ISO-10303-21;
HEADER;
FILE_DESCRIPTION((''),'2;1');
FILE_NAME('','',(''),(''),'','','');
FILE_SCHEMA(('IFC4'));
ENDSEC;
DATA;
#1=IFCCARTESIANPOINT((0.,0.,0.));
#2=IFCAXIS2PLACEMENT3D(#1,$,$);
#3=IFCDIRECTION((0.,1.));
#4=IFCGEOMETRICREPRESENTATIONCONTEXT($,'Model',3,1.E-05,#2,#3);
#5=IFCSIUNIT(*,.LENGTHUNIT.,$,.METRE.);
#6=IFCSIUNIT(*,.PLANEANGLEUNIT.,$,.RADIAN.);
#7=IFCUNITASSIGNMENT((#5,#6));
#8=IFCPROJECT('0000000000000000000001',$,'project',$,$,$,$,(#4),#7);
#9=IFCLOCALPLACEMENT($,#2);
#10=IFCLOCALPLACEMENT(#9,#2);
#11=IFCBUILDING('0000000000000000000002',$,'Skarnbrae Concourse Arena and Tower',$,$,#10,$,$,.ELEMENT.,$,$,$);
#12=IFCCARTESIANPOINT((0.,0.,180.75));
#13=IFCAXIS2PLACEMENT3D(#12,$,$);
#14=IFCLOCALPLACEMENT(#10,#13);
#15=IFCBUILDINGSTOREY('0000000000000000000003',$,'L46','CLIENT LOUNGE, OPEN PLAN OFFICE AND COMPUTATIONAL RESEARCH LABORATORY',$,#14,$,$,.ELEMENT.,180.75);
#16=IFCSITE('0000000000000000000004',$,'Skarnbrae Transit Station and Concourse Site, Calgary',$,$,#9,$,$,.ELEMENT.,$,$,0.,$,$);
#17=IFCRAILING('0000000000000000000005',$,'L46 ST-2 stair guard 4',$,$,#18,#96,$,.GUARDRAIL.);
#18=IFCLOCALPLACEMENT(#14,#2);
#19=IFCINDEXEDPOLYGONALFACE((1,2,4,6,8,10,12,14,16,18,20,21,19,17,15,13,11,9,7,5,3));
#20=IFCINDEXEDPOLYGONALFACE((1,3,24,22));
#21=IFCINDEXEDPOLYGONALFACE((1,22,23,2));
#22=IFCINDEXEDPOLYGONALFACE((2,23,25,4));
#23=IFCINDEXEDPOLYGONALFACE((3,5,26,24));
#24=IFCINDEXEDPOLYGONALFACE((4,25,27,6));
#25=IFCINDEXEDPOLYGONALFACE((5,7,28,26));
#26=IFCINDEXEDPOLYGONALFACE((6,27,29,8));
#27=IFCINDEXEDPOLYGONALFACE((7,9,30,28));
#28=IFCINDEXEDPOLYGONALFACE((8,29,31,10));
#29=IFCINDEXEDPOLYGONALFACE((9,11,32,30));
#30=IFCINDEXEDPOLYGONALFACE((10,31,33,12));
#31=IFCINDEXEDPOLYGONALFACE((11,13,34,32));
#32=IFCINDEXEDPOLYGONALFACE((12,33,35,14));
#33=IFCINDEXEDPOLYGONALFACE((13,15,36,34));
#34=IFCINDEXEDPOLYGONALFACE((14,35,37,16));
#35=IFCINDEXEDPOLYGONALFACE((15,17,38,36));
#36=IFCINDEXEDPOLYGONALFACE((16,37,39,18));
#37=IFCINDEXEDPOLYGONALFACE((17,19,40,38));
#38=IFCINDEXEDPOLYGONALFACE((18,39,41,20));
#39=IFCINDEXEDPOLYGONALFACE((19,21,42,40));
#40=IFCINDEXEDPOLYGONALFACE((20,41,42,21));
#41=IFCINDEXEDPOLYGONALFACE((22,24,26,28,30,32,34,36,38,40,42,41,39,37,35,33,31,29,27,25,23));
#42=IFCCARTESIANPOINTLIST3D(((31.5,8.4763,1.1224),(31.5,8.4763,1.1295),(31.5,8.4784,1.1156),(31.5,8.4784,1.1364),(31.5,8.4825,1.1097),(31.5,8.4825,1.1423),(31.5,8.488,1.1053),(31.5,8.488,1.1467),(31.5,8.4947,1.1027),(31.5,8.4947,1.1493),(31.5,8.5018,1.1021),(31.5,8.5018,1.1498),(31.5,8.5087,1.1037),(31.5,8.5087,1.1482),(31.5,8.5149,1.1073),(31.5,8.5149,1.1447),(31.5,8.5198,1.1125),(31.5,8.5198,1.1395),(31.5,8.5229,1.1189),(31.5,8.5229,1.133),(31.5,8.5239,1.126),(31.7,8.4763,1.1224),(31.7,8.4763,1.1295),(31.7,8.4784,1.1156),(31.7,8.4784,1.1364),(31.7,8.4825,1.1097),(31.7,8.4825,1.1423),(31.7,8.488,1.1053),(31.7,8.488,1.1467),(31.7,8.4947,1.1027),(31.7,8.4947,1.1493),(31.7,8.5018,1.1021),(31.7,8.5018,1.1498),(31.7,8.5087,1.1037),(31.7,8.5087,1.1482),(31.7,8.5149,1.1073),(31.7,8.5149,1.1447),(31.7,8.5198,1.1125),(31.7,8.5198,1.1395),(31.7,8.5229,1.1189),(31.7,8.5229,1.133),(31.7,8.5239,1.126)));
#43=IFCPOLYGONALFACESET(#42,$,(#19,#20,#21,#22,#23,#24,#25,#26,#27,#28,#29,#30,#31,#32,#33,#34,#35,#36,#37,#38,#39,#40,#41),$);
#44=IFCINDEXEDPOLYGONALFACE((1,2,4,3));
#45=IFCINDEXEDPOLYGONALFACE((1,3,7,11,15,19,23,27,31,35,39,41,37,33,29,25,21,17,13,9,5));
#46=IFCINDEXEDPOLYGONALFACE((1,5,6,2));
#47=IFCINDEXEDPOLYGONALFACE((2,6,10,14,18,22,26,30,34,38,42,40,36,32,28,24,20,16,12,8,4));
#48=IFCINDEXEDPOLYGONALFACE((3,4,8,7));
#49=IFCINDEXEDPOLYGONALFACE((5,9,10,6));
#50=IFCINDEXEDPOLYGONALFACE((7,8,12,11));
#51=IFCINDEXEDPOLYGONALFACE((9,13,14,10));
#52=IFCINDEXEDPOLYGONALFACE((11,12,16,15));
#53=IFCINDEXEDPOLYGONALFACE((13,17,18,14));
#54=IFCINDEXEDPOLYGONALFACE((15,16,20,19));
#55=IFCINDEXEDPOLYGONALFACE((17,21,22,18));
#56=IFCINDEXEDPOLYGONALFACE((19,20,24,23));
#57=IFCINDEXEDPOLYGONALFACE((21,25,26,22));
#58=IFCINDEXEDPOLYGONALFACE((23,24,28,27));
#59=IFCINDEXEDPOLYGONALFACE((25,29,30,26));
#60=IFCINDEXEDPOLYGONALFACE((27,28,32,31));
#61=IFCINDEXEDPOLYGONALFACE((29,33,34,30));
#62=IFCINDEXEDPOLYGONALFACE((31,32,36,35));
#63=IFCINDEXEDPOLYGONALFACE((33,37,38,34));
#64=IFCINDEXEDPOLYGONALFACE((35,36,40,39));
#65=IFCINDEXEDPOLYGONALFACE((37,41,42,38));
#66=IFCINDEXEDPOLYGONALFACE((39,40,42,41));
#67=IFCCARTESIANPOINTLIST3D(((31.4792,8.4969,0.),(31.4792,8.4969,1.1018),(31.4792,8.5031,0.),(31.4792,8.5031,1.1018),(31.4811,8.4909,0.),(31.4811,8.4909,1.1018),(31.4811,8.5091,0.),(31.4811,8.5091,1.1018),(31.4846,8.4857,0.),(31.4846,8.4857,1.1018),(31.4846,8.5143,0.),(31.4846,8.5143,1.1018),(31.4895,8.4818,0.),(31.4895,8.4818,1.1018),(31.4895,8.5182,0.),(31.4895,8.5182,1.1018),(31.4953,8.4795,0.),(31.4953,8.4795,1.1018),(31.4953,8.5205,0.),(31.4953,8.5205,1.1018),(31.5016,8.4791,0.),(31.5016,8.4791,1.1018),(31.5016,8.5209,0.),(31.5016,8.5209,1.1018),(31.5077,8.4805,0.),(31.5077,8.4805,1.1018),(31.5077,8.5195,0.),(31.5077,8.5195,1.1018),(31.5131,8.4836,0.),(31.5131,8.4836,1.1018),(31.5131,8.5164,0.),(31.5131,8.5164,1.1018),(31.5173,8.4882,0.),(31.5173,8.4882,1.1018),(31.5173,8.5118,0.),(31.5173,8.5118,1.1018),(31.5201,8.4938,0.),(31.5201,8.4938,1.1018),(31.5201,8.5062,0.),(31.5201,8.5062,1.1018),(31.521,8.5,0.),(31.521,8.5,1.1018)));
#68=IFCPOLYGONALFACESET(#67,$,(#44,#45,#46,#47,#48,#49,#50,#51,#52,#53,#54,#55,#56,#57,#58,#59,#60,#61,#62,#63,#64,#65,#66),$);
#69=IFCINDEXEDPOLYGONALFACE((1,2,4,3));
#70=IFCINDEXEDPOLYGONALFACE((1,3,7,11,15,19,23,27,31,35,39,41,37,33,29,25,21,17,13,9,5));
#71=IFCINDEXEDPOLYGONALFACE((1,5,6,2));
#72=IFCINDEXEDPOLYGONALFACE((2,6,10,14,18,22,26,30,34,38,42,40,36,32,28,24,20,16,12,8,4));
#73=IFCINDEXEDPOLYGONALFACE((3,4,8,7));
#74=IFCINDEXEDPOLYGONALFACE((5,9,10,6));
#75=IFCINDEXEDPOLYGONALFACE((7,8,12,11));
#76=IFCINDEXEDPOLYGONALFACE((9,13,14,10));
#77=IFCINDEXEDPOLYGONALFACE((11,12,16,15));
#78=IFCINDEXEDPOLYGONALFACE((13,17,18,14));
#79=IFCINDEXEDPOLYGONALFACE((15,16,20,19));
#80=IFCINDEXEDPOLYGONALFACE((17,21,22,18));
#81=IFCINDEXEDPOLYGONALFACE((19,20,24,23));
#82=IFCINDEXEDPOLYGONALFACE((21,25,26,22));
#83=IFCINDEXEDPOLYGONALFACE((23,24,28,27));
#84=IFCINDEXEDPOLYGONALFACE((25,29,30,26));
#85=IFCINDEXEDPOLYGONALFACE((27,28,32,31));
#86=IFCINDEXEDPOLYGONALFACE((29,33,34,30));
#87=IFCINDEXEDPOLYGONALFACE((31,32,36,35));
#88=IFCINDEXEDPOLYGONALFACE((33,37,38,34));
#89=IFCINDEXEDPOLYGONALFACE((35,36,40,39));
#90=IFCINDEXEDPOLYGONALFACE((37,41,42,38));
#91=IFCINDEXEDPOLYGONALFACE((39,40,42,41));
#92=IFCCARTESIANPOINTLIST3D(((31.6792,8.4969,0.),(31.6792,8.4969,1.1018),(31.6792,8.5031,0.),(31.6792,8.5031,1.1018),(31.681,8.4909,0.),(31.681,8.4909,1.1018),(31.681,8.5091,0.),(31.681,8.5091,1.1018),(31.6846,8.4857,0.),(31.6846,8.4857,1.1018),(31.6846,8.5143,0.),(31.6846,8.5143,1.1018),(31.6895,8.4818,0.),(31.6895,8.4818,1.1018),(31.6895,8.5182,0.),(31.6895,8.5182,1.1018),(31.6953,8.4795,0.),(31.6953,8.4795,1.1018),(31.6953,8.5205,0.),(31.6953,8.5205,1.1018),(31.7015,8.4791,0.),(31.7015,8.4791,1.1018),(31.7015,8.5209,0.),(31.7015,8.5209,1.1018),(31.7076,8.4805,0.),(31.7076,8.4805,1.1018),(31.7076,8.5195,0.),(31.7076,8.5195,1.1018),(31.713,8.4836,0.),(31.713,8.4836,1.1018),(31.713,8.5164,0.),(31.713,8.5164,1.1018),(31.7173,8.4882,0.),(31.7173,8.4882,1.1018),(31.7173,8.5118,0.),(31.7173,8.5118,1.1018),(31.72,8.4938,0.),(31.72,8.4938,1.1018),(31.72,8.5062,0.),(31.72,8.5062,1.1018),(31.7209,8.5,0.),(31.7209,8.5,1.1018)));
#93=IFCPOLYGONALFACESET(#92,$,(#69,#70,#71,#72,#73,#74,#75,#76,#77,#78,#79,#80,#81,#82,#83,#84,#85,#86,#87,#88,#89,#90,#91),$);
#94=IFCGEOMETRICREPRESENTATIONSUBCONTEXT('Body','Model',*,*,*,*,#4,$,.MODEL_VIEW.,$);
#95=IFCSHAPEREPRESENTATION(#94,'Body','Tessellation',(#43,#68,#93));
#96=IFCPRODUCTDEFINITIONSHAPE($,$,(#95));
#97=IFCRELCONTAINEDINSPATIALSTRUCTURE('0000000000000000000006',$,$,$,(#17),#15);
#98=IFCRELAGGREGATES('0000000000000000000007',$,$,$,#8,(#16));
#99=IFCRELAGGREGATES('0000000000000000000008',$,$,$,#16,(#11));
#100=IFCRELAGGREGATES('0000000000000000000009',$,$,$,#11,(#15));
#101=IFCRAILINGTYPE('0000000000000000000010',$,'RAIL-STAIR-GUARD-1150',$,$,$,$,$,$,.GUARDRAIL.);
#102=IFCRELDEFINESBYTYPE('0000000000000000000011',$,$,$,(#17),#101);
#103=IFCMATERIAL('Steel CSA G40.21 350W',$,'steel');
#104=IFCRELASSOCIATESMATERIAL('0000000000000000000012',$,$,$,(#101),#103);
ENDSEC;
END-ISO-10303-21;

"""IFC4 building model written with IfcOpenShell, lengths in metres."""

from ifc_helpers import new_model, si_unit, direction, frame, origin, origin_2d, place, context, subcontext, project, spatial, circle, extrude, material, type_object, element, save


model = new_model("IFC4")

# Units and contexts
model_context = context("Model", 3, precision=1e-05, world=origin(), true_north=direction((0.0, 1.0)))
body_context = subcontext(model_context, "Body", "Model", "MODEL_VIEW")
ifc_project = project(units=[si_unit("LENGTHUNIT", "METRE"), si_unit("PLANEANGLEUNIT", "RADIAN")], contexts=[model_context])

# Site, building, storey
site_placement = place(None, origin())
site = spatial("IfcSite", under=ifc_project, at=site_placement, Name="Skarnbrae Transit Station and Concourse Site, Calgary", CompositionType="ELEMENT", RefElevation=0.0)
building_placement = place(site_placement, origin())
building = spatial("IfcBuilding", under=site, at=building_placement, Name="Skarnbrae Concourse Arena and Tower", CompositionType="ELEMENT")
storey_placement = place(building_placement, frame((0.0, 0.0, 180.75)))
storey = spatial("IfcBuildingStorey", under=building, at=storey_placement, Name="L46", Description="CLIENT LOUNGE, OPEN PLAN OFFICE AND COMPUTATIONAL RESEARCH LABORATORY", CompositionType="ELEMENT", Elevation=180.75)

# Shared definitions
ifc_material_1 = material(Name="Steel CSA G40.21 350W", Category="steel")

# Railing
railing_type_1 = type_object("IfcRailingType", Name="RAIL-STAIR-GUARD-1150", PredefinedType="GUARDRAIL", material=ifc_material_1)
railing_1_placement = place(storey_placement, frame((31.5, 8.5, 0.0)))
element("IfcRailing", 1, at=railing_1_placement, inside=storey, type_object=railing_type_1, Name="L46 ST-2 stair guard 4", PredefinedType="GUARDRAIL", context=body_context, shape_type="SweptSolid", body=[
    extrude(circle(Radius=0.0239, at=origin_2d()), frame((0.0, 0.0, 1.126), z_axis=(1.0, 0.0, 0.0), x_axis=(0.0, 1.0, 0.0)), (0.0, 0.0, 1.0), 0.2),
    extrude(circle(Radius=0.021, at=origin_2d()), origin(), (0.0, 0.0, 1.0), 1.1018),
    extrude(circle(Radius=0.021, at=origin_2d()), frame((0.2, 0.0, 0.0)), (0.0, 0.0, 1.0), 1.1018),
])

save(model, "model.ifc")
